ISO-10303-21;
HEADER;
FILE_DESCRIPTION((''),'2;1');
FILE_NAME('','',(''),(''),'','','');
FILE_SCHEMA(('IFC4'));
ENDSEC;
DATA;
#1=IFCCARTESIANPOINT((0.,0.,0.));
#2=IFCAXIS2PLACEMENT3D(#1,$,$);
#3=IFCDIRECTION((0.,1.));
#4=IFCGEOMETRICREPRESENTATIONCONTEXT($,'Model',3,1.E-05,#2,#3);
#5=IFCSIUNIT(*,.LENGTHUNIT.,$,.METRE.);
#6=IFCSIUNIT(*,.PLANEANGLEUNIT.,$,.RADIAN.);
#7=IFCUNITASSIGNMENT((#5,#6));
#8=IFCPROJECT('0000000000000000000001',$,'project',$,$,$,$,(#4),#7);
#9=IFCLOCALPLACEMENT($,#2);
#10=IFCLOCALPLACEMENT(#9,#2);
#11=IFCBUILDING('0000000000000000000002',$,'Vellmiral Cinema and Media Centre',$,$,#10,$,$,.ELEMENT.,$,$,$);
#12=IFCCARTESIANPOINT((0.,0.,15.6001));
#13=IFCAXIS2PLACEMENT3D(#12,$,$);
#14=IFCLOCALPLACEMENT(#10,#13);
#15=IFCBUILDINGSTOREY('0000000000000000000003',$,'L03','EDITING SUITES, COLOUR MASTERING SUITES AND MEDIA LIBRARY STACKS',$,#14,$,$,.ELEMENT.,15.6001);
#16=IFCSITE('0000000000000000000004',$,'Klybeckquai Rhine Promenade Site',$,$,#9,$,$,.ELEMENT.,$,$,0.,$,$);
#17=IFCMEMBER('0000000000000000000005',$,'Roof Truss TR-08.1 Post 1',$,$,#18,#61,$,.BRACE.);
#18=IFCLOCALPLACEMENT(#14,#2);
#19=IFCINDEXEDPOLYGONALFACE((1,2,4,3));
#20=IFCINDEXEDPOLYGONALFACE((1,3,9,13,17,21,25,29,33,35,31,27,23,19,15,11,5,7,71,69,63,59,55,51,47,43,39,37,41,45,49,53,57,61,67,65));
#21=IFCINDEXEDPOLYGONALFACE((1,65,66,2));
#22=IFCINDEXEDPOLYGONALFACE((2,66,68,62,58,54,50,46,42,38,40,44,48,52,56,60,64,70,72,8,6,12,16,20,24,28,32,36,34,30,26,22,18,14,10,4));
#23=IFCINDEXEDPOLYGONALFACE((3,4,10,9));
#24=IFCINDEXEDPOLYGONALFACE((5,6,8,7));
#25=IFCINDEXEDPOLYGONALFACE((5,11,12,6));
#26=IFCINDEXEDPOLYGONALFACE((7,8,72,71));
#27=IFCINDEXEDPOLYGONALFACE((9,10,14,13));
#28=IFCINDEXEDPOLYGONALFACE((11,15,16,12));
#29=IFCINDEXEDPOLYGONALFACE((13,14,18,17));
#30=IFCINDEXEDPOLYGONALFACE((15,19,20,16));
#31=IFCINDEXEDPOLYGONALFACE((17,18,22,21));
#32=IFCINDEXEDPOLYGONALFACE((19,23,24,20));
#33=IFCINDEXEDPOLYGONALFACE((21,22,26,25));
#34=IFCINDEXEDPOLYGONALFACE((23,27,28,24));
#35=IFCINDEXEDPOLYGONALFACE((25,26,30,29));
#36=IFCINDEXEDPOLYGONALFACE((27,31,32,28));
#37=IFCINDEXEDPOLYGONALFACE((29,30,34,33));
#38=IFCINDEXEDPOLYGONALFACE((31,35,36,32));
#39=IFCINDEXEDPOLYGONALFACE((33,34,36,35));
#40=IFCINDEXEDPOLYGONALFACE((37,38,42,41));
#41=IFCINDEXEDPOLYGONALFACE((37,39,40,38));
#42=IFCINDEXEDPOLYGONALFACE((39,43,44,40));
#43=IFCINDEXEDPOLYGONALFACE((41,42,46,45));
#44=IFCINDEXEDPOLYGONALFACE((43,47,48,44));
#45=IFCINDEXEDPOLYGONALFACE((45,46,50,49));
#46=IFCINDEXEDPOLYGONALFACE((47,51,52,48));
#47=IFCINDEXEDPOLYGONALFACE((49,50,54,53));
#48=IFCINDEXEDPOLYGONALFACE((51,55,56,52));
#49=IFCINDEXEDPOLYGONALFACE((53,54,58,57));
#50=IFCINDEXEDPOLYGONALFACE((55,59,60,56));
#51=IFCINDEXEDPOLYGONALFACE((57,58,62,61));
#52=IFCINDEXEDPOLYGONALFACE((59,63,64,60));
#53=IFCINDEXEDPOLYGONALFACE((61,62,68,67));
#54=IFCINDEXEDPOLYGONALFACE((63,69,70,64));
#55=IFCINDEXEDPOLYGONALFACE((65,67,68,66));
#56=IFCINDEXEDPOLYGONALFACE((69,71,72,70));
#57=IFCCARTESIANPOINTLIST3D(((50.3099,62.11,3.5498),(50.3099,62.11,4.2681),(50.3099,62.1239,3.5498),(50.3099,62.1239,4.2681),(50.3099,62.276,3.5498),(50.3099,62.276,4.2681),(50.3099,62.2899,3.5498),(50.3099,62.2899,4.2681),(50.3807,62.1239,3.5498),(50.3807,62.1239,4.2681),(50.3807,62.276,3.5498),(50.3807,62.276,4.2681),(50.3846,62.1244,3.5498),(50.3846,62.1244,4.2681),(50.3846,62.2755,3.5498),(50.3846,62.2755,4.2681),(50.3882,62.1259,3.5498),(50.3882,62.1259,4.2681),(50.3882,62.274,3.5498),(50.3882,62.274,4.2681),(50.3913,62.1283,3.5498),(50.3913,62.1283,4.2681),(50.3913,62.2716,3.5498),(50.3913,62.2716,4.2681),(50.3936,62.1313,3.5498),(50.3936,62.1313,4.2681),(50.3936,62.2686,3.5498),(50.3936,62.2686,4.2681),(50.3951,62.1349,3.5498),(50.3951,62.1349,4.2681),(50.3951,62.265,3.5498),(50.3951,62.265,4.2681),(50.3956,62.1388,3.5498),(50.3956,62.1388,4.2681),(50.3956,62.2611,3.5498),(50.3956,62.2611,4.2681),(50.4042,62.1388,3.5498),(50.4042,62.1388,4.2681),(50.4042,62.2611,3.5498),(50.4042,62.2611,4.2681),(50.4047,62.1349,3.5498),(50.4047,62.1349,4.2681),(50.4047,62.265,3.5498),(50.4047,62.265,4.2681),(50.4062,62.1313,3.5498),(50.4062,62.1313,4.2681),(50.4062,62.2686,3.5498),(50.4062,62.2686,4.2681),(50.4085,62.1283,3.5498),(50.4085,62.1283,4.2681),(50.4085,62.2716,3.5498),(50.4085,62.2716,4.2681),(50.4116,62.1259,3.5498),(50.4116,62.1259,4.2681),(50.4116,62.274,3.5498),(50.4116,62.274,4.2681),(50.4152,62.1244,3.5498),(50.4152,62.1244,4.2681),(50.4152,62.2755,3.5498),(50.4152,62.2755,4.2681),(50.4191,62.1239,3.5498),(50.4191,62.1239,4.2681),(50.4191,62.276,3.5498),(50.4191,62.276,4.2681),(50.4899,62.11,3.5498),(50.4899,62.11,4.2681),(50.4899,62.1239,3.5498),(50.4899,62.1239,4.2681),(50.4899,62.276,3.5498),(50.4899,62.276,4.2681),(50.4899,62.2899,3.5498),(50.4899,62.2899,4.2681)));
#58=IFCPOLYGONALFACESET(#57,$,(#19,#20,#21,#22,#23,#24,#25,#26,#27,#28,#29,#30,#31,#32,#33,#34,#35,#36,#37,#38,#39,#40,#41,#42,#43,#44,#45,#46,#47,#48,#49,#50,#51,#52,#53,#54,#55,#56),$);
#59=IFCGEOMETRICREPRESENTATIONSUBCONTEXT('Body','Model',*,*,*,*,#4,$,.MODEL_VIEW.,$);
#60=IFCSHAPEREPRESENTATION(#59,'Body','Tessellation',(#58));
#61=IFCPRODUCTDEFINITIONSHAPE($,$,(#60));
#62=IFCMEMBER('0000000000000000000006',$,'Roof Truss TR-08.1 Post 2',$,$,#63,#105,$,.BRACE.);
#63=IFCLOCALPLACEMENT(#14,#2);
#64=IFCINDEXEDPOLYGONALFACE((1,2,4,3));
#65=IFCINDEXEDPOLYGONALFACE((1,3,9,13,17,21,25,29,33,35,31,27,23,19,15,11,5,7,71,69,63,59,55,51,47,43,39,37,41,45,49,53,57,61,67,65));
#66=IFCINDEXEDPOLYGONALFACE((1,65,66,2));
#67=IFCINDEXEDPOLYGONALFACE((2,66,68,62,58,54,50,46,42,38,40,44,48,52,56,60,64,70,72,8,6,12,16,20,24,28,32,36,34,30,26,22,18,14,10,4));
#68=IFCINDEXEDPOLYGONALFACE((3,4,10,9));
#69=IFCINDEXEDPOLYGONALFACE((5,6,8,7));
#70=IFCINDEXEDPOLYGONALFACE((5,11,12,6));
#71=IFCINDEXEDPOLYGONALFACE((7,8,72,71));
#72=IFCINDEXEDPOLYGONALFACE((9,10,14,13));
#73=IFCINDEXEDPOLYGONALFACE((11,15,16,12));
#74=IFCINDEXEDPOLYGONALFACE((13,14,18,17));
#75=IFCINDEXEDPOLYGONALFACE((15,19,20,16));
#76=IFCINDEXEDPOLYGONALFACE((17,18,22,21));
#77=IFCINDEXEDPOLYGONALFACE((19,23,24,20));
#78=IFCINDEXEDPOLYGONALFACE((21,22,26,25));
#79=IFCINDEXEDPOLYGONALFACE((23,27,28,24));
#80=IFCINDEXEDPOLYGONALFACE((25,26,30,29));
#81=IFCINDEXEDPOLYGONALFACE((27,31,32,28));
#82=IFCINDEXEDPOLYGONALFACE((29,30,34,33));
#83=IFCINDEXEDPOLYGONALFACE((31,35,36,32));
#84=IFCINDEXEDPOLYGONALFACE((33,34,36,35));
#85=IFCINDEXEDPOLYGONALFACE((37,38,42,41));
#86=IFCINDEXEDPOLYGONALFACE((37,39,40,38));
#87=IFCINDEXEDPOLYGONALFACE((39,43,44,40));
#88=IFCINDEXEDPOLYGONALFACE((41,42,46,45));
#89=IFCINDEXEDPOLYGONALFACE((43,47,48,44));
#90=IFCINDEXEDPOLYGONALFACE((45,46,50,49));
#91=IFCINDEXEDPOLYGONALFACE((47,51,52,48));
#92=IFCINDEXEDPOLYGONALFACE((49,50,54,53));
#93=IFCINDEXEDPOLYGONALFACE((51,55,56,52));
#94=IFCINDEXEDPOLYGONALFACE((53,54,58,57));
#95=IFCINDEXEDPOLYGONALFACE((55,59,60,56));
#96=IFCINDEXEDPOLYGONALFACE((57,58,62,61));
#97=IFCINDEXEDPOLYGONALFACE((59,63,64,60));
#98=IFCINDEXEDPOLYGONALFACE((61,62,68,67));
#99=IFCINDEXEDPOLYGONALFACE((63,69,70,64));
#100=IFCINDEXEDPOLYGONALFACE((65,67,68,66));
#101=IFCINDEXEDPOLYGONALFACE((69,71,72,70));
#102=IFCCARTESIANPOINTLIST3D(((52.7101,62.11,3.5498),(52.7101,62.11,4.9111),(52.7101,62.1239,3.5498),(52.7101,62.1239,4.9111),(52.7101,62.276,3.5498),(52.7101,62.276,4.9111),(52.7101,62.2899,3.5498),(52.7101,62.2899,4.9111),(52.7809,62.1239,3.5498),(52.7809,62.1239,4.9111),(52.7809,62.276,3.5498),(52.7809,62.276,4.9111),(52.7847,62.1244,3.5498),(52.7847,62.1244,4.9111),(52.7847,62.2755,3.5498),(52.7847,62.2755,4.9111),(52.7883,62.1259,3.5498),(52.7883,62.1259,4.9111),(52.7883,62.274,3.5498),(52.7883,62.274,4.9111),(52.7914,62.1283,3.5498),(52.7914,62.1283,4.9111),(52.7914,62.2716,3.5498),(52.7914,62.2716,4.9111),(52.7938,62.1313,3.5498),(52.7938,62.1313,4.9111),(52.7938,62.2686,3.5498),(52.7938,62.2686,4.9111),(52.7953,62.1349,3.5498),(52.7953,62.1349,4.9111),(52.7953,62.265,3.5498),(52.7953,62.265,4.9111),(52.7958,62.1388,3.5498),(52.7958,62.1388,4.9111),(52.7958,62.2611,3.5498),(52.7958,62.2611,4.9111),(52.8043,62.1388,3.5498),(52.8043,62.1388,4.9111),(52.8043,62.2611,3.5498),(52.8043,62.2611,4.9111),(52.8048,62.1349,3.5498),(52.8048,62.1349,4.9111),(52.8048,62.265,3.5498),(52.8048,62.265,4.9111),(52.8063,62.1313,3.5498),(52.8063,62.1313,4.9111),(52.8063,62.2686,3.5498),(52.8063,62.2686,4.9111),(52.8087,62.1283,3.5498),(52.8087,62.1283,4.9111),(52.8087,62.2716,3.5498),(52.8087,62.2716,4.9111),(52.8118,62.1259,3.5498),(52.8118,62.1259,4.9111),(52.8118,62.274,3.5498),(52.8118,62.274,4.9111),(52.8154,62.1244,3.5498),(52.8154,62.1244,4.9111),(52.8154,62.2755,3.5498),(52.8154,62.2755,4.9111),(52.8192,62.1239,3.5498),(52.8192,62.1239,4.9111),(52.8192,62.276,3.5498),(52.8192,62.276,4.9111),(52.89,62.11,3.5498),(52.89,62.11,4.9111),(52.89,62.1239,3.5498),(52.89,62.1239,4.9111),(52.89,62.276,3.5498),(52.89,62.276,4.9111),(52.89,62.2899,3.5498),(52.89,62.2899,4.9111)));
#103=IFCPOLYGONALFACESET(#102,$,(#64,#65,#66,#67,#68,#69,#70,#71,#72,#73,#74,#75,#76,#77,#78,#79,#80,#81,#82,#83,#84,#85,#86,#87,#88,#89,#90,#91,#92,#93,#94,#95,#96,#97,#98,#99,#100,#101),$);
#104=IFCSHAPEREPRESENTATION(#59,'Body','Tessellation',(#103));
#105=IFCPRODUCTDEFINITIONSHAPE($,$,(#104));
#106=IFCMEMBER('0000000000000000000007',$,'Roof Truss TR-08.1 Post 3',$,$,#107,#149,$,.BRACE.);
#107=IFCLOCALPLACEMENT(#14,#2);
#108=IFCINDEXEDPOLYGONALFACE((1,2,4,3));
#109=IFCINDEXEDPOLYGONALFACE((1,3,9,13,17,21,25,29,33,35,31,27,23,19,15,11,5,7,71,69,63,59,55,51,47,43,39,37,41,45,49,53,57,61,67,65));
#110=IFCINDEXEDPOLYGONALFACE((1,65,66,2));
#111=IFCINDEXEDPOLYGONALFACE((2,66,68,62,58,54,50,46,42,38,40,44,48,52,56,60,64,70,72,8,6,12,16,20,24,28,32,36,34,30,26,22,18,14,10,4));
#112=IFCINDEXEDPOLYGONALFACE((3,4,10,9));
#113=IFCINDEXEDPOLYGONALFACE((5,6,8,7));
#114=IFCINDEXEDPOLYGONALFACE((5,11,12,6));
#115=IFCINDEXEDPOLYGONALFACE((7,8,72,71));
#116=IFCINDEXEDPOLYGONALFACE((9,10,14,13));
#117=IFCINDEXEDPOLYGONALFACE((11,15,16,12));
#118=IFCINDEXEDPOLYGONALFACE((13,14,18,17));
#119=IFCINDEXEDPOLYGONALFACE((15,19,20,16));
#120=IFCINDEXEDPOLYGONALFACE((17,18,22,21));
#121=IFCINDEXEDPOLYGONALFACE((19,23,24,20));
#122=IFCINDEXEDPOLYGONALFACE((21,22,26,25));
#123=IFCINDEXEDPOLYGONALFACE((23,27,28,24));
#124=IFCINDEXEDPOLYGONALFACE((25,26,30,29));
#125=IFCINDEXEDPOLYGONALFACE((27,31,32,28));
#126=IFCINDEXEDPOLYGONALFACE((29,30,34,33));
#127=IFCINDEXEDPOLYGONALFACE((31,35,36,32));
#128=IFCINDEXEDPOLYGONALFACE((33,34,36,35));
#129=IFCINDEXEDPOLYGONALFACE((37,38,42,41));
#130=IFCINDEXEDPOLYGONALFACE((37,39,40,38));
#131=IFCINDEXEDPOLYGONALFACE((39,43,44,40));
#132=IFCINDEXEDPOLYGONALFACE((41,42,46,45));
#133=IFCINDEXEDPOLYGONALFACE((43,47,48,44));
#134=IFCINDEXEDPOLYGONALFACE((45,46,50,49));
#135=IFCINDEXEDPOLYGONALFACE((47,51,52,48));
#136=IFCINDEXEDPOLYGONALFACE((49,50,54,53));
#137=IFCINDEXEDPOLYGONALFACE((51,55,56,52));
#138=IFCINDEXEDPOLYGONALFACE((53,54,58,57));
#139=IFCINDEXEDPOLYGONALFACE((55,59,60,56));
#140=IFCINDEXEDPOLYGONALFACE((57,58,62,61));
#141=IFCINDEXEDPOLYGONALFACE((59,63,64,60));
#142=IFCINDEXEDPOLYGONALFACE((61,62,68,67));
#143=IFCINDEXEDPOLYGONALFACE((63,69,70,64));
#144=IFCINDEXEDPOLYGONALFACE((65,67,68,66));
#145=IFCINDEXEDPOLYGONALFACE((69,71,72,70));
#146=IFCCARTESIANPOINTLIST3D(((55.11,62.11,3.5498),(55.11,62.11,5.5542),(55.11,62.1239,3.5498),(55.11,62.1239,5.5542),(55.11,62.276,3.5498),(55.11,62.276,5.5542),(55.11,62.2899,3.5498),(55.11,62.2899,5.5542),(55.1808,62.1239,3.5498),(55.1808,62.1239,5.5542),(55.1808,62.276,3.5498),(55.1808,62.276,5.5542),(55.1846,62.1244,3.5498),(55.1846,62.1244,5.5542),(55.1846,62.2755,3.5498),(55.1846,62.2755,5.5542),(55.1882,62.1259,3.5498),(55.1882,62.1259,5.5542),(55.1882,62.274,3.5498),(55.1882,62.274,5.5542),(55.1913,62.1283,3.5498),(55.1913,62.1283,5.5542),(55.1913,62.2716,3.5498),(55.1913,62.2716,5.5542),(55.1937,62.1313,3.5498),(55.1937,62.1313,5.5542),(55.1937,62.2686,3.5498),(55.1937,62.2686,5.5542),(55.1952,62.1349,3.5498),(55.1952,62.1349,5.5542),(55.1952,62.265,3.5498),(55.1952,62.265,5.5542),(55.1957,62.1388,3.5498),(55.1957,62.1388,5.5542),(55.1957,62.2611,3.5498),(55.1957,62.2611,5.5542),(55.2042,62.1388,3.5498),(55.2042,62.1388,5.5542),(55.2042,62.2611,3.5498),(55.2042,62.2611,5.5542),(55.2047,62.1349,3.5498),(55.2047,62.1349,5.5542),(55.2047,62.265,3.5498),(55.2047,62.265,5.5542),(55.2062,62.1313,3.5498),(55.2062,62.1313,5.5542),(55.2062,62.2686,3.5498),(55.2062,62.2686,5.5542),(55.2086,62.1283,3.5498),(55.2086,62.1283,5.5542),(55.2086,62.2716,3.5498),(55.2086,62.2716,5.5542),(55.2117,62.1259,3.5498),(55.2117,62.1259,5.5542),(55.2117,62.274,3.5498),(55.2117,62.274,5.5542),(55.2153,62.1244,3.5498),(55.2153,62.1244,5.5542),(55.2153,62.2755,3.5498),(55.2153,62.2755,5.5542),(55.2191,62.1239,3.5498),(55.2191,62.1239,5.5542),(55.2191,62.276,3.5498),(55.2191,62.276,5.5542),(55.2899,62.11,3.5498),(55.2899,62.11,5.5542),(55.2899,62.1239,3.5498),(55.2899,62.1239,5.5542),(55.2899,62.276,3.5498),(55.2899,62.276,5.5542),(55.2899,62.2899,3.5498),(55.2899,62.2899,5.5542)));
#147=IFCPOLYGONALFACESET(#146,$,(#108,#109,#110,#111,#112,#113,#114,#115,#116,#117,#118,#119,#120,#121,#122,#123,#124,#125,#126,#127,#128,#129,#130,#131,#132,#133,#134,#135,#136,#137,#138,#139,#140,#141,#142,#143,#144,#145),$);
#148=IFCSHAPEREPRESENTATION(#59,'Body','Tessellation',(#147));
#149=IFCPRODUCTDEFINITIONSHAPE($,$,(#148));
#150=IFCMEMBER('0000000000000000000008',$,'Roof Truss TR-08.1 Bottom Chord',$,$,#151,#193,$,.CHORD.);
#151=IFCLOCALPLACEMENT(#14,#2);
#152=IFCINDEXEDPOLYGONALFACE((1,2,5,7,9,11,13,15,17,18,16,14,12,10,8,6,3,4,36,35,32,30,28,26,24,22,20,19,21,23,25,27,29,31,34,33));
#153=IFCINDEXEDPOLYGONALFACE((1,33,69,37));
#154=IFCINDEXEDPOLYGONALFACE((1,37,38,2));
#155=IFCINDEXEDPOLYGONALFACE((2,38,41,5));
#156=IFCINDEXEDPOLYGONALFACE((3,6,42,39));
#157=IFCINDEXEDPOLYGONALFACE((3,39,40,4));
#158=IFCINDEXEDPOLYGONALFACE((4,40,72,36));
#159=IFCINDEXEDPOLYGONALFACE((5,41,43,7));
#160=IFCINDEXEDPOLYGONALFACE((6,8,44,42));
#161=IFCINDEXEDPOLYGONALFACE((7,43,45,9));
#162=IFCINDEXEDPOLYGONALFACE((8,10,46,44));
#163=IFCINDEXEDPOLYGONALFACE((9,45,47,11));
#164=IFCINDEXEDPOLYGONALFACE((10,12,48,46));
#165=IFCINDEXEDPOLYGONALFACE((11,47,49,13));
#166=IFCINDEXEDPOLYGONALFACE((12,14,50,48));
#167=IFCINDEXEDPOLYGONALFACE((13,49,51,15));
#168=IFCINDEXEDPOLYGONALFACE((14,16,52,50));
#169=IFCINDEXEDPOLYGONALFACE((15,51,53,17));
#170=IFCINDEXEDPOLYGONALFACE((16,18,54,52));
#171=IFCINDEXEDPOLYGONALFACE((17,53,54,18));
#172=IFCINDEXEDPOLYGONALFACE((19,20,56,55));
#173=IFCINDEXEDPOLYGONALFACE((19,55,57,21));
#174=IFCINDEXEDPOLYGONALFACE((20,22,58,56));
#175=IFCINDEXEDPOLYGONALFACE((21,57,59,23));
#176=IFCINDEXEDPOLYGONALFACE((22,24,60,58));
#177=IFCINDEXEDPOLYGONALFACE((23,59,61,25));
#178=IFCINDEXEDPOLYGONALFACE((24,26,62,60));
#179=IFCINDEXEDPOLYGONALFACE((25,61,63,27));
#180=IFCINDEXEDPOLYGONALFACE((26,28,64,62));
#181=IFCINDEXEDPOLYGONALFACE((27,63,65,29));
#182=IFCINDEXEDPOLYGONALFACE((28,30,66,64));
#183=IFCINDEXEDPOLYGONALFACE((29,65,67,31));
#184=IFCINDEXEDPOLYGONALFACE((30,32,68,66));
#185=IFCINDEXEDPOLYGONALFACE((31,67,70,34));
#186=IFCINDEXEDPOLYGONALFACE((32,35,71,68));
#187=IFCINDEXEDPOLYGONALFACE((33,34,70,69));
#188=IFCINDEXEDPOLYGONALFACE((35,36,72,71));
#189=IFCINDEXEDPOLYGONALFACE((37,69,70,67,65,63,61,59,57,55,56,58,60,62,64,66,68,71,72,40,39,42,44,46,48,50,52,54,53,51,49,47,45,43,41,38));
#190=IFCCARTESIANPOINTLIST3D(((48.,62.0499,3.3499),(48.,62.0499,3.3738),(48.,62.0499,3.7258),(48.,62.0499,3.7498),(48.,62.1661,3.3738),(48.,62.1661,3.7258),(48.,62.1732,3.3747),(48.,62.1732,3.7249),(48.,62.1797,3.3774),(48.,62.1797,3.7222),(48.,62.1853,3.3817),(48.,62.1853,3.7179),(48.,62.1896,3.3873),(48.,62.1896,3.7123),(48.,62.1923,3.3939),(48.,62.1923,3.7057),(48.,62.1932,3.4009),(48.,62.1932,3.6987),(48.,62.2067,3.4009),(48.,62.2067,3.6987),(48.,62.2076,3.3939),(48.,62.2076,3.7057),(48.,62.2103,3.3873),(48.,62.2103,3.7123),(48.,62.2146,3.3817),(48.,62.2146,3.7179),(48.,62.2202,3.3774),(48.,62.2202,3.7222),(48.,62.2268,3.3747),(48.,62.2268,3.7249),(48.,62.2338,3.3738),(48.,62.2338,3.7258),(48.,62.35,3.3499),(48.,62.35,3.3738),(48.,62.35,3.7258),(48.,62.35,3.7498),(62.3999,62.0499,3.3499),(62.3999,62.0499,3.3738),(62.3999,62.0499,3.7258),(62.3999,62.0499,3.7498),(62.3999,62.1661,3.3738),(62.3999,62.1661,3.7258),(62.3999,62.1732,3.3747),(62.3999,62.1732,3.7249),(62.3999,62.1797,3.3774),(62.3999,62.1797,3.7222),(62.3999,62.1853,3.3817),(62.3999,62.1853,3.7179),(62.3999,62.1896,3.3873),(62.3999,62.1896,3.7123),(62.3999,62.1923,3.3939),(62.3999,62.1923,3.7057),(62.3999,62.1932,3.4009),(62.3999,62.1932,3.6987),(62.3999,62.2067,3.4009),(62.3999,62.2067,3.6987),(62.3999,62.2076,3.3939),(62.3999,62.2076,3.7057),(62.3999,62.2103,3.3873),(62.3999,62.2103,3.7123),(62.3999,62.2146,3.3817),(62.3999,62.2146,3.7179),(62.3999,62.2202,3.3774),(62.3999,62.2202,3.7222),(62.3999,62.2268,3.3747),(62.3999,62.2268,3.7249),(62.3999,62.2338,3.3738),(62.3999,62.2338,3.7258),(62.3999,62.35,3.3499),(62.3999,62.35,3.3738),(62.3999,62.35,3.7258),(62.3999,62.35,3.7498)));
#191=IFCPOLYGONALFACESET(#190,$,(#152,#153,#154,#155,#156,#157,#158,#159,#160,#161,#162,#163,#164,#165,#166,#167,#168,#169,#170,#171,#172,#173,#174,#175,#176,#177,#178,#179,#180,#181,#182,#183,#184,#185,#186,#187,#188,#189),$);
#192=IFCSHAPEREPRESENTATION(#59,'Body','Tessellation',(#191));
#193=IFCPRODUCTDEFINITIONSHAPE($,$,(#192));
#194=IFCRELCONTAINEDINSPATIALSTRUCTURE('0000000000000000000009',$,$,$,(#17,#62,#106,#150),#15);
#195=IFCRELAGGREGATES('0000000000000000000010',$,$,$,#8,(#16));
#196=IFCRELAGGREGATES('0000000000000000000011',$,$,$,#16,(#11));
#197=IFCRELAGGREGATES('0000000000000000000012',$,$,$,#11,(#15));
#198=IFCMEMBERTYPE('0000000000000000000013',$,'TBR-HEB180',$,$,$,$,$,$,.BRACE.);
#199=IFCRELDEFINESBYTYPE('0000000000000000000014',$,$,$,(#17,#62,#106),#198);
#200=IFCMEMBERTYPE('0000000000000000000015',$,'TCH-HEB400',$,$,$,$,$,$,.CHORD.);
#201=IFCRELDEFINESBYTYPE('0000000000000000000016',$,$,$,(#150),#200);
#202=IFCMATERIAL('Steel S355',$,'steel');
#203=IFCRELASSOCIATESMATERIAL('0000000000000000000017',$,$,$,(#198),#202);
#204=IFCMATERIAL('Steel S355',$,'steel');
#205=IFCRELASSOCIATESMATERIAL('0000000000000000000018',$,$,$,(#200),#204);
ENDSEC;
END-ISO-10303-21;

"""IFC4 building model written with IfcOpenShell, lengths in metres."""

from ifc_helpers import new_model, si_unit, direction, frame, origin, origin_2d, place, context, subcontext, project, spatial, i_section, extrude, material, material_profile, profile_set, type_object, element, save


model = new_model("IFC4")

# Units and contexts
model_context = context("Model", 3, precision=1e-05, world=origin(), true_north=direction((0.0, 1.0)))
body_context = subcontext(model_context, "Body", "Model", "MODEL_VIEW")
ifc_project = project(units=[si_unit("LENGTHUNIT", "METRE"), si_unit("PLANEANGLEUNIT", "RADIAN")], contexts=[model_context])

# Site, building, storey
site_placement = place(None, origin())
site = spatial("IfcSite", under=ifc_project, at=site_placement, Name="Klybeckquai Rhine Promenade Site", CompositionType="ELEMENT", RefElevation=0.0)
building_placement = place(site_placement, origin())
building = spatial("IfcBuilding", under=site, at=building_placement, Name="Vellmiral Cinema and Media Centre", CompositionType="ELEMENT")
storey_placement = place(building_placement, frame((0.0, 0.0, 15.6001)))
storey = spatial("IfcBuildingStorey", under=building, at=storey_placement, Name="L03", Description="EDITING SUITES, COLOUR MASTERING SUITES AND MEDIA LIBRARY STACKS", CompositionType="ELEMENT", Elevation=15.6001)

# Members
ifc_material_1 = material(Name="Steel S355", Category="steel")
ifc_material_profile_1 = material_profile(ifc_material_1, i_section(OverallWidth=0.1799, OverallDepth=0.1799, WebThickness=0.0085, FlangeThickness=0.0139, FilletRadius=0.0149, at=origin_2d()), Name="HEB 180")
ifc_profile_set_1 = profile_set([ifc_material_profile_1], Name="Steel S355")
member_type_1 = type_object("IfcMemberType", Name="TBR-HEB180", PredefinedType="BRACE", material=ifc_profile_set_1)
member_1_placement = place(storey_placement, frame((50.3999, 62.2, 3.5498), z_axis=(0.0, 0.0, 1.0), x_axis=(1.0, 0.0, 0.0)))
element("IfcMember", 1, at=member_1_placement, inside=storey, type_object=member_type_1, Name="Roof Truss TR-08.1 Post 1", PredefinedType="BRACE", context=body_context, shape_type="SweptSolid", body=[
    extrude(i_section(OverallWidth=0.1799, OverallDepth=0.1799, WebThickness=0.0085, FlangeThickness=0.0139, FilletRadius=0.0149, at=origin_2d()), origin(), (0.0, 0.0, 1.0), 0.7183),
])
member_2_placement = place(storey_placement, frame((52.8, 62.2, 3.5498), z_axis=(0.0, 0.0, 1.0), x_axis=(1.0, 0.0, 0.0)))
element("IfcMember", 2, at=member_2_placement, inside=storey, type_object=member_type_1, Name="Roof Truss TR-08.1 Post 2", PredefinedType="BRACE", context=body_context, shape_type="SweptSolid", body=[
    extrude(i_section(OverallWidth=0.1799, OverallDepth=0.1799, WebThickness=0.0085, FlangeThickness=0.0139, FilletRadius=0.0149, at=origin_2d()), origin(), (0.0, 0.0, 1.0), 1.3613),
])
member_3_placement = place(storey_placement, frame((55.2, 62.2, 3.5498), z_axis=(0.0, 0.0, 1.0), x_axis=(1.0, 0.0, 0.0)))
element("IfcMember", 3, at=member_3_placement, inside=storey, type_object=member_type_1, Name="Roof Truss TR-08.1 Post 3", PredefinedType="BRACE", context=body_context, shape_type="SweptSolid", body=[
    extrude(i_section(OverallWidth=0.1799, OverallDepth=0.1799, WebThickness=0.0085, FlangeThickness=0.0139, FilletRadius=0.0149, at=origin_2d()), origin(), (0.0, 0.0, 1.0), 2.0044),
])
ifc_material_2 = material(Name="Steel S355", Category="steel")
ifc_material_profile_2 = material_profile(ifc_material_2, i_section(OverallWidth=0.3, OverallDepth=0.3999, WebThickness=0.0134, FlangeThickness=0.0239, FilletRadius=0.0271, at=origin_2d()), Name="HEB 400")
ifc_profile_set_2 = profile_set([ifc_material_profile_2], Name="Steel S355")
member_type_2 = type_object("IfcMemberType", Name="TCH-HEB400", PredefinedType="CHORD", material=ifc_profile_set_2)
member_4_placement = place(storey_placement, frame((48.0, 62.2, 3.5498), z_axis=(1.0, 0.0, 0.0), x_axis=(0.0, 1.0, 0.0)))
element("IfcMember", 4, at=member_4_placement, inside=storey, type_object=member_type_2, Name="Roof Truss TR-08.1 Bottom Chord", PredefinedType="CHORD", context=body_context, shape_type="SweptSolid", body=[
    extrude(i_section(OverallWidth=0.3, OverallDepth=0.3999, WebThickness=0.0134, FlangeThickness=0.0239, FilletRadius=0.0271, at=origin_2d()), origin(), (0.0, 0.0, 1.0), 14.3999),
])

save(model, "model.ifc")
